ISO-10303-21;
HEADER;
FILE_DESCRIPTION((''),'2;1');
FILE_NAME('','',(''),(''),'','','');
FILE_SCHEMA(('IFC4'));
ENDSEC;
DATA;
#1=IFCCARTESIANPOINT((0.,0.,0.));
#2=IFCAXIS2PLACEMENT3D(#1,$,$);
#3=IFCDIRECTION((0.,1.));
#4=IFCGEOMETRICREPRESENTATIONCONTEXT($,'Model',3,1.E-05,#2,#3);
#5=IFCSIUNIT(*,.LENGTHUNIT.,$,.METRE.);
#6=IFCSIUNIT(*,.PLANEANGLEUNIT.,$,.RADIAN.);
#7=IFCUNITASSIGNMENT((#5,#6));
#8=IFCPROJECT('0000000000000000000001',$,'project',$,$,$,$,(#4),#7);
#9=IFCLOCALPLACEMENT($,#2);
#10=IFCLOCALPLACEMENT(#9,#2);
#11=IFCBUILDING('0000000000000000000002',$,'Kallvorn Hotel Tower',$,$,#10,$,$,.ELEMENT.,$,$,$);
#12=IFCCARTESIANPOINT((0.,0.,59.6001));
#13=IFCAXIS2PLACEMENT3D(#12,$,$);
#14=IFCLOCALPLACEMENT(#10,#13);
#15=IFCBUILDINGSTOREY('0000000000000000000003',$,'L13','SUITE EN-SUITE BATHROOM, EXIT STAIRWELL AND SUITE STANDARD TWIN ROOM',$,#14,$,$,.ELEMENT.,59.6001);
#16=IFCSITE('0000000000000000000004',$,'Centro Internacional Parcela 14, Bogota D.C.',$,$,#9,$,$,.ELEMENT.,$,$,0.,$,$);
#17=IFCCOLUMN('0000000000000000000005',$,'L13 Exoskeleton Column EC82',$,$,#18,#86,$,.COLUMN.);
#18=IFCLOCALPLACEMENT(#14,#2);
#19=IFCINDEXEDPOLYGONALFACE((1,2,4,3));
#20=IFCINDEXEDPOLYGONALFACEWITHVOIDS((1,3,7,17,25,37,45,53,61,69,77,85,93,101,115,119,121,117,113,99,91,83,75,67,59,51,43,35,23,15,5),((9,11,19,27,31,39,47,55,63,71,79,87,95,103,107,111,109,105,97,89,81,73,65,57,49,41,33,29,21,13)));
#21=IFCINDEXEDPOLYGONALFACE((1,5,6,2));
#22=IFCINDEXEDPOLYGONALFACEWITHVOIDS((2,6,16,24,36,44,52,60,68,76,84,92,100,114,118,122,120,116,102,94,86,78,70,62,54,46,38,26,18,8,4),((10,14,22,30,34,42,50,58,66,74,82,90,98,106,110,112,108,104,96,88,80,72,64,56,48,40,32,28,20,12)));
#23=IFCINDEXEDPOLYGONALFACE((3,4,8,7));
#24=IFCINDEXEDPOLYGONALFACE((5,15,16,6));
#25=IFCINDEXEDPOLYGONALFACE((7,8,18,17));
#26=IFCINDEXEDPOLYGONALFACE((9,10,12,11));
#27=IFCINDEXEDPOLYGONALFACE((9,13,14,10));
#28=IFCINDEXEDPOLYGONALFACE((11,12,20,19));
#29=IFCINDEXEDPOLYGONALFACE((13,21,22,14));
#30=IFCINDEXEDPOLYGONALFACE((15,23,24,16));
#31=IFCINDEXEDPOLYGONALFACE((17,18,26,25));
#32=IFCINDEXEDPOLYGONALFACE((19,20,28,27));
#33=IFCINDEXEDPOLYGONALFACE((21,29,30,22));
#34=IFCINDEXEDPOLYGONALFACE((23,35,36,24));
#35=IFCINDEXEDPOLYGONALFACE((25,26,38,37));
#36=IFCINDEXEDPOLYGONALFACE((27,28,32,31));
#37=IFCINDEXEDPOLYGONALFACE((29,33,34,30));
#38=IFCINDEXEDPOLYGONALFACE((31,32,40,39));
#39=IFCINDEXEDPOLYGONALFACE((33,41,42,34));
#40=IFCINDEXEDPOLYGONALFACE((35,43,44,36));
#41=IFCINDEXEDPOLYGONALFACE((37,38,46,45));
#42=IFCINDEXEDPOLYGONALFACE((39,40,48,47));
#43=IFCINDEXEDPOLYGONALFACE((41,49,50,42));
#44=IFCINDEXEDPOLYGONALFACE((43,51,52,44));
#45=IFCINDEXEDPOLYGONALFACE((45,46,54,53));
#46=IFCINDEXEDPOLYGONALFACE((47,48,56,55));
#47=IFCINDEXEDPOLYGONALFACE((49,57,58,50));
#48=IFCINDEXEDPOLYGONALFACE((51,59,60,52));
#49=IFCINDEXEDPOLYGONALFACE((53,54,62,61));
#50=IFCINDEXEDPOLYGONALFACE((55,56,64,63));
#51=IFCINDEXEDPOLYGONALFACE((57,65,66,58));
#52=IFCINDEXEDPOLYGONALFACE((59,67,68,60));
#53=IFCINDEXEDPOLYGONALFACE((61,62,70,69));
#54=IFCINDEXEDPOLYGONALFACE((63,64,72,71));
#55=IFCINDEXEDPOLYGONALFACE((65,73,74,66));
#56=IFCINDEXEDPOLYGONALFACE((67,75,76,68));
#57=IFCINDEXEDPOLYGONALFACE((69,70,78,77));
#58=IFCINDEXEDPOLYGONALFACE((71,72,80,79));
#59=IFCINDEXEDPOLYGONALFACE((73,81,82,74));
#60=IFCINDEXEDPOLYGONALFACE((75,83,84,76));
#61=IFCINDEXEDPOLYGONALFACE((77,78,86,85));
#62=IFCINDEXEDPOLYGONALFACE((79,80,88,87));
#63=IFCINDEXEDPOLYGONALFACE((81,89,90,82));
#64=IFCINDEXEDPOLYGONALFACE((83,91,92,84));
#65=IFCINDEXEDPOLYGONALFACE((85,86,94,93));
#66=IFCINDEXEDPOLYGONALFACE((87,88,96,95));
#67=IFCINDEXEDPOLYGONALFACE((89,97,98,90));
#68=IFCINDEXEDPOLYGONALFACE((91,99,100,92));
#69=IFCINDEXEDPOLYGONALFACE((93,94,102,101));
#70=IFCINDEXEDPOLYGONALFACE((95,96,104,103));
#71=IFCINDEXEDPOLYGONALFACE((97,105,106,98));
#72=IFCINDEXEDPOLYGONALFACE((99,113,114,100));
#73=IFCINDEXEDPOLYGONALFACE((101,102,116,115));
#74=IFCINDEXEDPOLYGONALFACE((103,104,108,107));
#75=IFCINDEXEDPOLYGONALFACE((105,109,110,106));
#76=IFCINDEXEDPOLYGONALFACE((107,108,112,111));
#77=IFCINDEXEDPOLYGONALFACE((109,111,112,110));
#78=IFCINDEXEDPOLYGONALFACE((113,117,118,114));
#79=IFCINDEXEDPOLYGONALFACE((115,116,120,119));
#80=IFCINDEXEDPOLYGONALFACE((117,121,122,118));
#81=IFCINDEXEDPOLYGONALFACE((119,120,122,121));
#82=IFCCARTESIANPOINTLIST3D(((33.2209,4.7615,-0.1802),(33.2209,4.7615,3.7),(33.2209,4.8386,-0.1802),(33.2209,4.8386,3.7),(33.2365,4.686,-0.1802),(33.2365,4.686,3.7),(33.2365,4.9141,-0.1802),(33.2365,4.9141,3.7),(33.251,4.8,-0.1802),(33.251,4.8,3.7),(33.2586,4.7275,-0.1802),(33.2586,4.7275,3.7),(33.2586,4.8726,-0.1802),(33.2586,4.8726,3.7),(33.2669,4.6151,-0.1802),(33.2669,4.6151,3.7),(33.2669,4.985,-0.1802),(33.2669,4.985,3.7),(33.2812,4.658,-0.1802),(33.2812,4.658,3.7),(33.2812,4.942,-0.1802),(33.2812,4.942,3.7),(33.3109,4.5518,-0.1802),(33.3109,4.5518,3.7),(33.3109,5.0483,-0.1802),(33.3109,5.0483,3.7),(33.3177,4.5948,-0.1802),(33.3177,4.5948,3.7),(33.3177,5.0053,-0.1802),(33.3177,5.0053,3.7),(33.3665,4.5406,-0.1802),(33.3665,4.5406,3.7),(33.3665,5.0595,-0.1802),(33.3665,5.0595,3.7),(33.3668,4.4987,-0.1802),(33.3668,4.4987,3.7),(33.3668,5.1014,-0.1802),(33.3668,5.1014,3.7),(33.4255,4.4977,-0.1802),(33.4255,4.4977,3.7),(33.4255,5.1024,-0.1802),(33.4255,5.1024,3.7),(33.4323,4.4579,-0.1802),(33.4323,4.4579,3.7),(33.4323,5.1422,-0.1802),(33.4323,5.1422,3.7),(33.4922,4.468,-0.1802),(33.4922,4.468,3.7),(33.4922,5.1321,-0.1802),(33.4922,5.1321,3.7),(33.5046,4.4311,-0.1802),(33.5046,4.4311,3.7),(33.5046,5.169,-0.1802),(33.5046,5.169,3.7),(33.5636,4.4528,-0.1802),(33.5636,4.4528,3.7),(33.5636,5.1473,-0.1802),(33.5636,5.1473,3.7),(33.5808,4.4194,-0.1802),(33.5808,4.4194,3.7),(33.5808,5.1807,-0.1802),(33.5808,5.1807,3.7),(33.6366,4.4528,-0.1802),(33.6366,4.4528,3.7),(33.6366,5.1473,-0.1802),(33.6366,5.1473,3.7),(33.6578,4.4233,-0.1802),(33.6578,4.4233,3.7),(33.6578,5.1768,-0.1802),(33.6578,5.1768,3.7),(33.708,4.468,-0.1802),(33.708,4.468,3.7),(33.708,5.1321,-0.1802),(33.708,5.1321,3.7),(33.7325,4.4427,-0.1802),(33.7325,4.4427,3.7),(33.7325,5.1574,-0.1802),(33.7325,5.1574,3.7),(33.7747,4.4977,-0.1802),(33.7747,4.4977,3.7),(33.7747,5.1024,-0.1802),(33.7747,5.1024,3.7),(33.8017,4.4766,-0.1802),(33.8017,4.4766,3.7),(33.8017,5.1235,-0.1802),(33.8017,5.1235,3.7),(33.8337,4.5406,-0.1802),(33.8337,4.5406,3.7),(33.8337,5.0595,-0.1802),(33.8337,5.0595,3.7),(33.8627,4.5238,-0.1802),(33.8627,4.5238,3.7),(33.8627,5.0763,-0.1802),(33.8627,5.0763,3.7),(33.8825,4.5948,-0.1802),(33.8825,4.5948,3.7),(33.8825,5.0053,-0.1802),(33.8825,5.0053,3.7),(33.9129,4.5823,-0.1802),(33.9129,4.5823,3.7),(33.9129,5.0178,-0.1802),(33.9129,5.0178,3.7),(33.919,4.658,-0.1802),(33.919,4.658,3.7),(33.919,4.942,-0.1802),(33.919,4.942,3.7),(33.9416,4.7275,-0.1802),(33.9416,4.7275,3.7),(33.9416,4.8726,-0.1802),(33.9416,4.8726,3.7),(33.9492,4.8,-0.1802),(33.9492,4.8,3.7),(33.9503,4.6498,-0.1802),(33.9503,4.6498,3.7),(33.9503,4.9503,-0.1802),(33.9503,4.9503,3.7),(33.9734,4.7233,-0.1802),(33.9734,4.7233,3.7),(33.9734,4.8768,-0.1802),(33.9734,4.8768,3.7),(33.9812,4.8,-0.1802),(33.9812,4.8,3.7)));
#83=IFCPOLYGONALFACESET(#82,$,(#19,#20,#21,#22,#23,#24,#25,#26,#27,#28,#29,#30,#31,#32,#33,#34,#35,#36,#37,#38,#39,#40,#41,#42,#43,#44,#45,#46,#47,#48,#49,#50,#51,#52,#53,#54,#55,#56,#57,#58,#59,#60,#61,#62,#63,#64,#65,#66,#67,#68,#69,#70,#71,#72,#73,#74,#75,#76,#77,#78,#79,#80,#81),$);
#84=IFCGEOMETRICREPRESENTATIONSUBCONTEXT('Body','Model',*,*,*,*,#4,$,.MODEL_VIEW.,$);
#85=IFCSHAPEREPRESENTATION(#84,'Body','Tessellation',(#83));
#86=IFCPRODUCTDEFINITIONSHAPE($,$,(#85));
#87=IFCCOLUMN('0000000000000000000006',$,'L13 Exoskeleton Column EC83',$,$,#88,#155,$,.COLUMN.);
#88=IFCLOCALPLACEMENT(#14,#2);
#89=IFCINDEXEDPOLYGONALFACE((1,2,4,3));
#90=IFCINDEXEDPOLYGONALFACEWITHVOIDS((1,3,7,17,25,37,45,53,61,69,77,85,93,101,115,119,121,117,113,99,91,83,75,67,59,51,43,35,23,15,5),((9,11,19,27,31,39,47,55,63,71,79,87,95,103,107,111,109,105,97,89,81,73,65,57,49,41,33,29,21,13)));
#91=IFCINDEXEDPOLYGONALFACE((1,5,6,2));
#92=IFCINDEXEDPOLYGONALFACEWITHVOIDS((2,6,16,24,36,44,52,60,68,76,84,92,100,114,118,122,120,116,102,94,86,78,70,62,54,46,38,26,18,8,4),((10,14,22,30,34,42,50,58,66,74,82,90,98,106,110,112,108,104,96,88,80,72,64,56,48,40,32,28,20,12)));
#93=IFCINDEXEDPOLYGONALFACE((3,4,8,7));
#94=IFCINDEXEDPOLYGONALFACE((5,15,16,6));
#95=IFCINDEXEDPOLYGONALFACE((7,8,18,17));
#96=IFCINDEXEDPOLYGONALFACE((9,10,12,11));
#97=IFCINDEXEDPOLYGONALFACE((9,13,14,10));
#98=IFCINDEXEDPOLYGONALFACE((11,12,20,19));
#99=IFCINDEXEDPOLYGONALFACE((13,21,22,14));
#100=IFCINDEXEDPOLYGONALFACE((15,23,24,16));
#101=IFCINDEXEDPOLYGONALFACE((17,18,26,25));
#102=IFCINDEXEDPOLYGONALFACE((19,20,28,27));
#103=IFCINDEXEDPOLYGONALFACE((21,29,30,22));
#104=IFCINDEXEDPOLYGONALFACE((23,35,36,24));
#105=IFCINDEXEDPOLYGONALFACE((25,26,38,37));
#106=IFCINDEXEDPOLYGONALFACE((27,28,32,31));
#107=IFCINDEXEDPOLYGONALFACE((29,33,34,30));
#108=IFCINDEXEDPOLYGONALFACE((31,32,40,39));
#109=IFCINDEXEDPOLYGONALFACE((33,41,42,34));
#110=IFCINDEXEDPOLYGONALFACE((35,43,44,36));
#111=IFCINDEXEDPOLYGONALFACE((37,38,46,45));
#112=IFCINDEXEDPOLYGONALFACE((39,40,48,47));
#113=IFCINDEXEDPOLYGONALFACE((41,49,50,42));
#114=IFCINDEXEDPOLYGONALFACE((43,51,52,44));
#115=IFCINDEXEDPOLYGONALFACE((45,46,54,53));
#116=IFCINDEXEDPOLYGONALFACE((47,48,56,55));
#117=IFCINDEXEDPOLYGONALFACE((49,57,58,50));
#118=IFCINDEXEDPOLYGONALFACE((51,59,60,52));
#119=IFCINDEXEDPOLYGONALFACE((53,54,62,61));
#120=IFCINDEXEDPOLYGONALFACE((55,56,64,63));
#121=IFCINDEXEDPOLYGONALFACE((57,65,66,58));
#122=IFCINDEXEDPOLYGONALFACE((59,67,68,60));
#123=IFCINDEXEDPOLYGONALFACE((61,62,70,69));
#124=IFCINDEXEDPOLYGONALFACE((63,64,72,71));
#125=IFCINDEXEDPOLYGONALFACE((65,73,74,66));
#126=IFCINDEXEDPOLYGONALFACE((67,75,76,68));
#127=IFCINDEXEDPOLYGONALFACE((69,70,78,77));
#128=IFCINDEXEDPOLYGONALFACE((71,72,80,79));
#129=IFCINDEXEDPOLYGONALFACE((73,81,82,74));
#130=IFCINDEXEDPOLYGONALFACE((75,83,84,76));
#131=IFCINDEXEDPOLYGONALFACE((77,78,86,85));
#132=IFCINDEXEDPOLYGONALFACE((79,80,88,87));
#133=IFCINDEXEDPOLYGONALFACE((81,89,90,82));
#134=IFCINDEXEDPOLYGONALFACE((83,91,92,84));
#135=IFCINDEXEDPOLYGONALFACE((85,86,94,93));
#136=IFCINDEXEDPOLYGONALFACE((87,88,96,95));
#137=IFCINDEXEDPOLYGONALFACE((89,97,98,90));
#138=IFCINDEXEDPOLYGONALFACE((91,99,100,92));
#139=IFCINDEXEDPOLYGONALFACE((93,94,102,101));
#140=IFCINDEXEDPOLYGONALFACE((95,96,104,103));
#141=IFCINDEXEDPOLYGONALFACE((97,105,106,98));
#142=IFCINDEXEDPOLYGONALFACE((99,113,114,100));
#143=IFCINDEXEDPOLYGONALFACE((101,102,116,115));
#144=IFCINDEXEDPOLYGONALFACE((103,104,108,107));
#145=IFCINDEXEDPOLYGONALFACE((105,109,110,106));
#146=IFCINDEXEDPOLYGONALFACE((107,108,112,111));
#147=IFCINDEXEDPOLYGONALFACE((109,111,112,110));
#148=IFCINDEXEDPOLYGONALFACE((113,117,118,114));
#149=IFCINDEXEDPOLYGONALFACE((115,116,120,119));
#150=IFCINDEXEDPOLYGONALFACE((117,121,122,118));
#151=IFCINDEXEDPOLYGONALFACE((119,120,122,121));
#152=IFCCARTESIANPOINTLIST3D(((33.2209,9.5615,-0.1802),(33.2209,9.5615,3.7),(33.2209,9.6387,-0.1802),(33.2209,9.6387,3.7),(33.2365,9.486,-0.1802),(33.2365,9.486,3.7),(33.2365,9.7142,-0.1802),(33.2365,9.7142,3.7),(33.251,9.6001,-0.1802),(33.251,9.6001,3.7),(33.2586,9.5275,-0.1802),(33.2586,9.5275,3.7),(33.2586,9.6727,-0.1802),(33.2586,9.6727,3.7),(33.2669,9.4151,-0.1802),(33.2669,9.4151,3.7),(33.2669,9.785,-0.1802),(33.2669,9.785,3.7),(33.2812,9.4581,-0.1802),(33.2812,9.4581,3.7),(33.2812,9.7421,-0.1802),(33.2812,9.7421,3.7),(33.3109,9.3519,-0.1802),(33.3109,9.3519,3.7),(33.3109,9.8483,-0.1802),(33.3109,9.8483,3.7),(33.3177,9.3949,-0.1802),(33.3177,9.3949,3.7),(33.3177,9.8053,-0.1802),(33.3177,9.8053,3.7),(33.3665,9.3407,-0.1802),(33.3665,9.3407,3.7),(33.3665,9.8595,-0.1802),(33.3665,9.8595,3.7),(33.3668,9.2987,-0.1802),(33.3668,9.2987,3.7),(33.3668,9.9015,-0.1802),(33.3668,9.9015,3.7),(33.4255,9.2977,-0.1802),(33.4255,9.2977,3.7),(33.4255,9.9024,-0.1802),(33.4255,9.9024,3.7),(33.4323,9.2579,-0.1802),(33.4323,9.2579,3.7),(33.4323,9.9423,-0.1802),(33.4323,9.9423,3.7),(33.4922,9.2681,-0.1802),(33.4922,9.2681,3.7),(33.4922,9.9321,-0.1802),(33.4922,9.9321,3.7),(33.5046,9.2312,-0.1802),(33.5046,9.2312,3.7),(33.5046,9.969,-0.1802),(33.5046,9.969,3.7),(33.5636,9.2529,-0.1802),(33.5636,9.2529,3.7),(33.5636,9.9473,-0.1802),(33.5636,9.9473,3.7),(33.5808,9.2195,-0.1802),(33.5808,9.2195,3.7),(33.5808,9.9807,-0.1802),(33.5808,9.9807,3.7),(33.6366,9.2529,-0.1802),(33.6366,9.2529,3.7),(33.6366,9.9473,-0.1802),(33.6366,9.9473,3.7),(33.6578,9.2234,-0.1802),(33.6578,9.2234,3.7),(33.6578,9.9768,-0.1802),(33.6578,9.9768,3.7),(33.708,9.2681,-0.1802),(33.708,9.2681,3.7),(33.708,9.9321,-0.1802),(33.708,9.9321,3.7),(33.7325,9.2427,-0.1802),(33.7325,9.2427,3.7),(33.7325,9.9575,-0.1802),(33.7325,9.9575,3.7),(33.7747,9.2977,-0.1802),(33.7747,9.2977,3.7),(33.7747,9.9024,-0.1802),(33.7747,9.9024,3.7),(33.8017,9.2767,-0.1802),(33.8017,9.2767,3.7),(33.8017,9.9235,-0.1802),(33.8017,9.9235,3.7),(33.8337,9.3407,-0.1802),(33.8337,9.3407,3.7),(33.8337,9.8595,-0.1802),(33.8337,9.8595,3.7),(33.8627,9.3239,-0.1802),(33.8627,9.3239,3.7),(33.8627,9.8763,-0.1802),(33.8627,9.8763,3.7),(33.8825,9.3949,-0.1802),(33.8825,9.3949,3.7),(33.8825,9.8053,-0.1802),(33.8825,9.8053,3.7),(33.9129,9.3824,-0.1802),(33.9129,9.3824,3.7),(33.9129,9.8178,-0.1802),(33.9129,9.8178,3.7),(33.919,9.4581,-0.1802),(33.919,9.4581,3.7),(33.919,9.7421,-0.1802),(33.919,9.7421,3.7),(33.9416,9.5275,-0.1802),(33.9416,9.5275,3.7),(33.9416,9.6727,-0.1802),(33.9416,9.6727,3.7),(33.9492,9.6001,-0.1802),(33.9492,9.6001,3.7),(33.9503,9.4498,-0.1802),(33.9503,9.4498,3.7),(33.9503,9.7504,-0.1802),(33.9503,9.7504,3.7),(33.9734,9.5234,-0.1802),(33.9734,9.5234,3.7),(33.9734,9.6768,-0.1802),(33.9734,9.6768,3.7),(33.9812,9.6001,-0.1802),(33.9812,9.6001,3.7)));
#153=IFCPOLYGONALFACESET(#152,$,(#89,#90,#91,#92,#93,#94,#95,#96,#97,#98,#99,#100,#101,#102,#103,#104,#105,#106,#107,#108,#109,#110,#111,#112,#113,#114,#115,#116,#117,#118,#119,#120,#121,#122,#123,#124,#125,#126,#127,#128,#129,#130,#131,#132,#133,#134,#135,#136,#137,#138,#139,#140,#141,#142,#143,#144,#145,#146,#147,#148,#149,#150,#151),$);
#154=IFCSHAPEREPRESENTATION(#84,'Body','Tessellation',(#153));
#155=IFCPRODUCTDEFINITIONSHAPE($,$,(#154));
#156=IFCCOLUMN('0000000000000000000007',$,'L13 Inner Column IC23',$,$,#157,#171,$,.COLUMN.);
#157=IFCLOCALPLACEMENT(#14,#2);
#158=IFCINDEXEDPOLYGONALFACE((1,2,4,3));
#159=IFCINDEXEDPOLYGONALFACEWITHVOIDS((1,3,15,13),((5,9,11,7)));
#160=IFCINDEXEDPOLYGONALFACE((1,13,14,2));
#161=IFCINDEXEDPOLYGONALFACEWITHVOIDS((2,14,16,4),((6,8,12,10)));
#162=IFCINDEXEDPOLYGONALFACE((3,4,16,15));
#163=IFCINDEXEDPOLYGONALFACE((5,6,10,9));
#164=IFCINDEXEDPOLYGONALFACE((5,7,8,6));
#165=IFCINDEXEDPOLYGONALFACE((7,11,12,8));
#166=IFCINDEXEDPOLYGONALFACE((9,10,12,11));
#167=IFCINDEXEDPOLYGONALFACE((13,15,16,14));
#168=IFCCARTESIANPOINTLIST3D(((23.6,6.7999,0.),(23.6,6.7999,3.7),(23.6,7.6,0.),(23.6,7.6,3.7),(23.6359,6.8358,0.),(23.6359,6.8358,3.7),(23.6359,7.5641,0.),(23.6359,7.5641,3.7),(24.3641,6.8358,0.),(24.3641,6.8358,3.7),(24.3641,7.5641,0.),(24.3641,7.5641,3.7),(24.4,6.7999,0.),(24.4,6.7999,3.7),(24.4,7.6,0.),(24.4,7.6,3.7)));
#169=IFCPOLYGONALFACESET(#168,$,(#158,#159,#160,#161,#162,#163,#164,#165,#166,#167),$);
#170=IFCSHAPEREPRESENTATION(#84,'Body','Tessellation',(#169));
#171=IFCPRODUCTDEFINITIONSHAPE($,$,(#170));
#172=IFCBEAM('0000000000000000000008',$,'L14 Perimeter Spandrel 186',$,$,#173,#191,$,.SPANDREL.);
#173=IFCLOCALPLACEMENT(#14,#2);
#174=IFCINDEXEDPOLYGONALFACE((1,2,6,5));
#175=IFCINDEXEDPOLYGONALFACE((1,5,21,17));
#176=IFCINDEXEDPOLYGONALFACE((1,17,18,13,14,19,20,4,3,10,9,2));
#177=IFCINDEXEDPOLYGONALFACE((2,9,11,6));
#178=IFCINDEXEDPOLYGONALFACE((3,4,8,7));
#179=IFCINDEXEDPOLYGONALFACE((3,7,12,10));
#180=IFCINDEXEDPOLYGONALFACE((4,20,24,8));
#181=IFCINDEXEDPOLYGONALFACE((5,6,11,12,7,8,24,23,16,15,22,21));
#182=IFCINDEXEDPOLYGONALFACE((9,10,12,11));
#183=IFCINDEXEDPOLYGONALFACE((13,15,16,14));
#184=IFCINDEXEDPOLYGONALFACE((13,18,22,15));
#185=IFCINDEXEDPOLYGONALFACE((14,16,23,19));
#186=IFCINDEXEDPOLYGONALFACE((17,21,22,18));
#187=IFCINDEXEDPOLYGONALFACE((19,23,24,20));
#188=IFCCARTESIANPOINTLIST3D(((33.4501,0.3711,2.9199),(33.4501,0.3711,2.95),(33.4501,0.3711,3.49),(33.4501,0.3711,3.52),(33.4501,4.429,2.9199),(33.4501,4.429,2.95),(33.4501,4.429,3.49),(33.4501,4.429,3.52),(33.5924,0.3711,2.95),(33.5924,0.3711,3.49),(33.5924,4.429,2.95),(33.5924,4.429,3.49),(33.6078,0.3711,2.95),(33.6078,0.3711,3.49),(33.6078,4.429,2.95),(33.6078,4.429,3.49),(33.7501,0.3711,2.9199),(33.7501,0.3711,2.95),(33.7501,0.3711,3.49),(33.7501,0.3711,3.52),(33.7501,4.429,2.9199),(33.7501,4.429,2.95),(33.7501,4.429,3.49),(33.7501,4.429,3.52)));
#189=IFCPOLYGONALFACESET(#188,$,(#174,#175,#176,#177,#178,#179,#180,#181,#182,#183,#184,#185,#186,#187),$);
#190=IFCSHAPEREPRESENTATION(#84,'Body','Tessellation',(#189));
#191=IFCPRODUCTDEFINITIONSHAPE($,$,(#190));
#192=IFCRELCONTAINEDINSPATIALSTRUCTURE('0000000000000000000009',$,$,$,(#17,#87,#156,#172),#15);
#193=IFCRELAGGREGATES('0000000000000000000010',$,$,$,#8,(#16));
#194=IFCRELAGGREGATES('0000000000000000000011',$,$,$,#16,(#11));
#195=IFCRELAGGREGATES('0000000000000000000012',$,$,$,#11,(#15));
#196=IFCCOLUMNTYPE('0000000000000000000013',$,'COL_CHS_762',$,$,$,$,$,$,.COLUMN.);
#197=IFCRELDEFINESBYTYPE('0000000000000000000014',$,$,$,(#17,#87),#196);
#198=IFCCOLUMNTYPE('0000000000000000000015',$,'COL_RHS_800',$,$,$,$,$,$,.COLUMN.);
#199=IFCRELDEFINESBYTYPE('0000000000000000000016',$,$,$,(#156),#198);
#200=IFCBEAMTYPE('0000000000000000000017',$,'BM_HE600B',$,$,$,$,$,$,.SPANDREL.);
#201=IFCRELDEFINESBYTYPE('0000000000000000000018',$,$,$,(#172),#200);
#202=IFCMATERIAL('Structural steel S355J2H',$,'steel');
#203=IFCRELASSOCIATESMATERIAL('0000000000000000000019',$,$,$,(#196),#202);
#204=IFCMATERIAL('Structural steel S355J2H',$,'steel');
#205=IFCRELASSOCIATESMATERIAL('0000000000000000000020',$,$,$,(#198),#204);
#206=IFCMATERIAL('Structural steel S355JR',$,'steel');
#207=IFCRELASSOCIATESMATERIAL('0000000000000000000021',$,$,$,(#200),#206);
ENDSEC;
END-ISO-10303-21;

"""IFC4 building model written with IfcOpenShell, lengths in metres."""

from ifc_helpers import new_model, si_unit, direction, frame, origin, origin_2d, place, context, subcontext, project, spatial, hollow_rectangle, hollow_circle, i_section, extrude, material, material_profile, profile_set, type_object, element, save


model = new_model("IFC4")

# Units and contexts
model_context = context("Model", 3, precision=1e-05, world=origin(), true_north=direction((0.0, 1.0)))
body_context = subcontext(model_context, "Body", "Model", "MODEL_VIEW")
ifc_project = project(units=[si_unit("LENGTHUNIT", "METRE"), si_unit("PLANEANGLEUNIT", "RADIAN")], contexts=[model_context])

# Site, building, storey
site_placement = place(None, origin())
site = spatial("IfcSite", under=ifc_project, at=site_placement, Name="Centro Internacional Parcela 14, Bogota D.C.", CompositionType="ELEMENT", RefElevation=0.0)
building_placement = place(site_placement, origin())
building = spatial("IfcBuilding", under=site, at=building_placement, Name="Kallvorn Hotel Tower", CompositionType="ELEMENT")
storey_placement = place(building_placement, frame((0.0, 0.0, 59.6001)))
storey = spatial("IfcBuildingStorey", under=building, at=storey_placement, Name="L13", Description="SUITE EN-SUITE BATHROOM, EXIT STAIRWELL AND SUITE STANDARD TWIN ROOM", CompositionType="ELEMENT", Elevation=59.6001)

# Columns
ifc_material_1 = material(Name="Structural steel S355J2H", Category="steel")
ifc_material_profile_1 = material_profile(ifc_material_1, hollow_circle(Radius=0.3811, WallThickness=0.032, at=origin_2d()), Name="CHS 762x32")
ifc_profile_set_1 = profile_set([ifc_material_profile_1], Name="Structural steel S355J2H")
column_type_1 = type_object("IfcColumnType", Name="COL_CHS_762", PredefinedType="COLUMN", material=ifc_profile_set_1)
for number, where, z_axis, x_axis, name in (
    (1, (33.6001, 4.8, -0.1802), (0.0, 0.0, 1.0), (1.0, 0.0, 0.0), "L13 Exoskeleton Column EC82"),
    (2, (33.6001, 9.6001, -0.1802), (0.0, 0.0, 1.0), (1.0, 0.0, 0.0), "L13 Exoskeleton Column EC83"),
):
    element("IfcColumn", number, at=place(storey_placement, frame(where, z_axis=z_axis, x_axis=x_axis)), inside=storey, type_object=column_type_1, Name=name, PredefinedType="COLUMN", context=body_context, shape_type="SweptSolid", body=[
        extrude(hollow_circle(Radius=0.3811, WallThickness=0.032, at=origin_2d()), origin(), (0.0, 0.0, 1.0), 3.8801),
    ])
ifc_material_2 = material(Name="Structural steel S355J2H", Category="steel")
ifc_material_profile_2 = material_profile(ifc_material_2, hollow_rectangle(XDim=0.8, YDim=0.8, WallThickness=0.0359, at=origin_2d()), Name="RHS 800x800x36")
ifc_profile_set_2 = profile_set([ifc_material_profile_2], Name="Structural steel S355J2H")
column_type_2 = type_object("IfcColumnType", Name="COL_RHS_800", PredefinedType="COLUMN", material=ifc_profile_set_2)
column_placement = place(storey_placement, frame((24.0, 7.2, 0.0), z_axis=(0.0, 0.0, 1.0), x_axis=(1.0, 0.0, 0.0)))
element("IfcColumn", 3, at=column_placement, inside=storey, type_object=column_type_2, Name="L13 Inner Column IC23", PredefinedType="COLUMN", context=body_context, shape_type="SweptSolid", body=[
    extrude(hollow_rectangle(XDim=0.8, YDim=0.8, WallThickness=0.0359, at=origin_2d()), origin(), (0.0, 0.0, 1.0), 3.7),
])

# Beam
ifc_material_3 = material(Name="Structural steel S355JR", Category="steel")
ifc_material_profile_3 = material_profile(ifc_material_3, i_section(OverallWidth=0.3, OverallDepth=0.6001, WebThickness=0.0154, FlangeThickness=0.03, at=origin_2d()), Name="HE 600 B")
ifc_profile_set_3 = profile_set([ifc_material_profile_3], Name="Structural steel S355JR")
beam_type_1 = type_object("IfcBeamType", Name="BM_HE600B", PredefinedType="SPANDREL", material=ifc_profile_set_3)
beam_1_placement = place(storey_placement, frame((33.6001, 0.3711, 3.22), z_axis=(0.0, 1.0, 0.0), x_axis=(-1.0, 0.0, 0.0)))
element("IfcBeam", 4, at=beam_1_placement, inside=storey, type_object=beam_type_1, Name="L14 Perimeter Spandrel 186", PredefinedType="SPANDREL", context=body_context, shape_type="SweptSolid", body=[
    extrude(i_section(OverallWidth=0.3, OverallDepth=0.6001, WebThickness=0.0154, FlangeThickness=0.03, at=origin_2d()), origin(), (0.0, 0.0, 1.0), 4.0579),
])

save(model, "model.ifc")
